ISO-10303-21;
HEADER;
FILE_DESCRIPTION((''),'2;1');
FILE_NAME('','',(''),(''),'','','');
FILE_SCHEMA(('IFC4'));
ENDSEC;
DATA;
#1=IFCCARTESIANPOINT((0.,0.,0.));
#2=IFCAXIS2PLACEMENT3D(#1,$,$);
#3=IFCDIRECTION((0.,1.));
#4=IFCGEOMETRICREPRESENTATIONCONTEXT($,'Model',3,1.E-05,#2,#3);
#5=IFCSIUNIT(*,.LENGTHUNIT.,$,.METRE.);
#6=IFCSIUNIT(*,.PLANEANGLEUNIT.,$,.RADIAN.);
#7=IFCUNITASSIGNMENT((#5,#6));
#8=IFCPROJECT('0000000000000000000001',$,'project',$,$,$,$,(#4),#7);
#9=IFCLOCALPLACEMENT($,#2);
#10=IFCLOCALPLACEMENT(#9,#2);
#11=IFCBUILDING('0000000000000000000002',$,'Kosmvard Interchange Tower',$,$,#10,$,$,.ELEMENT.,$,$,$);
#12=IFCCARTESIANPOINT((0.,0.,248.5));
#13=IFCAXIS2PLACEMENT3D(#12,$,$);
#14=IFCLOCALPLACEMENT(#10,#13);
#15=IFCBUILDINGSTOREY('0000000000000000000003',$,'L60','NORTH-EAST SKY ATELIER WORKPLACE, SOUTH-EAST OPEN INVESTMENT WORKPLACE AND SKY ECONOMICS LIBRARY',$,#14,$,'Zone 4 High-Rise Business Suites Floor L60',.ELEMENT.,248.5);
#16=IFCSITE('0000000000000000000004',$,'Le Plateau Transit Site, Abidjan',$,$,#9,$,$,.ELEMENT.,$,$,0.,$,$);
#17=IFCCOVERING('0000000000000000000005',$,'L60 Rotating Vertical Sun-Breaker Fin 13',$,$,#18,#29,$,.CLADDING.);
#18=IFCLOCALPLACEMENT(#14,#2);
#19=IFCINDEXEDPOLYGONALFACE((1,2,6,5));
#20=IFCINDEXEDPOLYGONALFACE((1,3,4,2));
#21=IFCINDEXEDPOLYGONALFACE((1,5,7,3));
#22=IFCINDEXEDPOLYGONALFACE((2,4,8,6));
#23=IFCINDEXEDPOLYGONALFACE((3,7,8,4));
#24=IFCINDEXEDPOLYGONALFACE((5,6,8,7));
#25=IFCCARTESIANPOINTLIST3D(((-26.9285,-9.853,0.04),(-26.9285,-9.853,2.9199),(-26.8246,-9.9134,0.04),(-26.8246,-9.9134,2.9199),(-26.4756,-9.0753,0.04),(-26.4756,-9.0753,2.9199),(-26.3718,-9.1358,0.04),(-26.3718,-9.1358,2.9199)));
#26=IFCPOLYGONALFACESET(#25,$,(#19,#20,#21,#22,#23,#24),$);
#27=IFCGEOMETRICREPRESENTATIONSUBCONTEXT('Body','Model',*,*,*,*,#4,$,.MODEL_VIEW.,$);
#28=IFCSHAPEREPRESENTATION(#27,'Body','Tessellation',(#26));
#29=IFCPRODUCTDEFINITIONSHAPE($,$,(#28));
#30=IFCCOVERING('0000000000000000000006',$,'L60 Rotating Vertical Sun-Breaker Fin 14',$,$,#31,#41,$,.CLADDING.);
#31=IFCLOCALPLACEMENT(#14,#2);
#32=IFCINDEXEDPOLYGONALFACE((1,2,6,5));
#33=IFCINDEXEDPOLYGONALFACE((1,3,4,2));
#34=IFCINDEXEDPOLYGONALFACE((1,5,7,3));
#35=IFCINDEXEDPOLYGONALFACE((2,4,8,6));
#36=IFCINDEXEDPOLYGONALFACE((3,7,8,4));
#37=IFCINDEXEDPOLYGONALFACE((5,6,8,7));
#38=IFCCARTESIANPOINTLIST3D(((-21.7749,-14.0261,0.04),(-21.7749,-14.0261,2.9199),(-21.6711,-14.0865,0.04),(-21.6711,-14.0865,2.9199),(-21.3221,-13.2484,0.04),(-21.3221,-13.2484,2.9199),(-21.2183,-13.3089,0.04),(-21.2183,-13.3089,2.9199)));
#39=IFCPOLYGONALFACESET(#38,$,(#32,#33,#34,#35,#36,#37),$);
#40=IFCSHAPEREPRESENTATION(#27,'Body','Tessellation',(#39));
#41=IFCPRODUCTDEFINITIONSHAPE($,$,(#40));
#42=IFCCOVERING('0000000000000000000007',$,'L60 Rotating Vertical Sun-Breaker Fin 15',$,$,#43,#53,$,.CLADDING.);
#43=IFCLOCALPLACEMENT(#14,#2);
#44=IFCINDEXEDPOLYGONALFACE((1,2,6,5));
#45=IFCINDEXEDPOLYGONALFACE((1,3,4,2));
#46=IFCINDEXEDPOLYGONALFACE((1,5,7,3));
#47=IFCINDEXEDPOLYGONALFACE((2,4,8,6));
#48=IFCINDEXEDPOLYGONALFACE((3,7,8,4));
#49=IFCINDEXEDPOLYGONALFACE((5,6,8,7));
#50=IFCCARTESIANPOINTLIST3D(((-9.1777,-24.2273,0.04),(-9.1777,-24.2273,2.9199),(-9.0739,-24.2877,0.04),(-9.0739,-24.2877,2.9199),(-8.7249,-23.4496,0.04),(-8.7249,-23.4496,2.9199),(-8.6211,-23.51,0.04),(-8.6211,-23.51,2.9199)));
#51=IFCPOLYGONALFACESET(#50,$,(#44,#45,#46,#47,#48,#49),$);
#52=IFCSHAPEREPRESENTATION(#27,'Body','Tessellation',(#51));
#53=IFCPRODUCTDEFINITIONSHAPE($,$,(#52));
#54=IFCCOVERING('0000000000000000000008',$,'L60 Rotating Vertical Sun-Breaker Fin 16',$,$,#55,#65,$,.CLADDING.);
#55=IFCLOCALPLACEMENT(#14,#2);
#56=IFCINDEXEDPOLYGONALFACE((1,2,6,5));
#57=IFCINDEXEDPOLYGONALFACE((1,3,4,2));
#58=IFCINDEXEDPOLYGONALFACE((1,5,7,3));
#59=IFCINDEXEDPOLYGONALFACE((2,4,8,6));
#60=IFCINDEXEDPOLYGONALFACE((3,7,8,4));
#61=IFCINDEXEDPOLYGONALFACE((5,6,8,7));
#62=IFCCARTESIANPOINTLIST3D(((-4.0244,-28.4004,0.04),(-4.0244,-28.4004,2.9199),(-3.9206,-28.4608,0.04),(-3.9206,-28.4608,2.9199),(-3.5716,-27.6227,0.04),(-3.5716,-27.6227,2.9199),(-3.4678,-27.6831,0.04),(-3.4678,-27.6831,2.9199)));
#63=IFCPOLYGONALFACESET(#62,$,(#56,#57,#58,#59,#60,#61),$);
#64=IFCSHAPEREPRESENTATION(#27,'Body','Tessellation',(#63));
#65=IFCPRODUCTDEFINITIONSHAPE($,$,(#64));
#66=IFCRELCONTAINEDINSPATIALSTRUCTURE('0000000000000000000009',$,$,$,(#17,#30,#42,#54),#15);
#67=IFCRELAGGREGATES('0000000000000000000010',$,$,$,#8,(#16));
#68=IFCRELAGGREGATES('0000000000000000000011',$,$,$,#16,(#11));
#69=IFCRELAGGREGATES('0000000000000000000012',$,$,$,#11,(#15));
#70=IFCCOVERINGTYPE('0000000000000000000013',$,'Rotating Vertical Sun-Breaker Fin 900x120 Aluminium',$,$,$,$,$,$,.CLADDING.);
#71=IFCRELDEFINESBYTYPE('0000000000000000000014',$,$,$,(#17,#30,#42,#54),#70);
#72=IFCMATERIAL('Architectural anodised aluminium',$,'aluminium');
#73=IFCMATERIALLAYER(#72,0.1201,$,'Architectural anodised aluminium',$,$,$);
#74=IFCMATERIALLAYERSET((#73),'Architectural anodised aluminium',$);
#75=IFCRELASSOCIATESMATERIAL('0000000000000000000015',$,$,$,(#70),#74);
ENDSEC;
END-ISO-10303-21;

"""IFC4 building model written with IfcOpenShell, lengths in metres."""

from ifc_helpers import new_model, si_unit, direction, frame, origin, origin_2d, place, context, subcontext, project, spatial, rectangle, extrude, source, transform, mapped, material, layer, layer_set, type_object, element, save


model = new_model("IFC4")

# Units and contexts
model_context = context("Model", 3, precision=1e-05, world=origin(), true_north=direction((0.0, 1.0)))
body_context = subcontext(model_context, "Body", "Model", "MODEL_VIEW")
ifc_project = project(units=[si_unit("LENGTHUNIT", "METRE"), si_unit("PLANEANGLEUNIT", "RADIAN")], contexts=[model_context])

# Site, building, storey
site_placement = place(None, origin())
site = spatial("IfcSite", under=ifc_project, at=site_placement, Name="Le Plateau Transit Site, Abidjan", CompositionType="ELEMENT", RefElevation=0.0)
building_placement = place(site_placement, origin())
building = spatial("IfcBuilding", under=site, at=building_placement, Name="Kosmvard Interchange Tower", CompositionType="ELEMENT")
storey_placement = place(building_placement, frame((0.0, 0.0, 248.5)))
storey = spatial("IfcBuildingStorey", under=building, at=storey_placement, Name="L60", Description="NORTH-EAST SKY ATELIER WORKPLACE, SOUTH-EAST OPEN INVESTMENT WORKPLACE AND SKY ECONOMICS LIBRARY", LongName="Zone 4 High-Rise Business Suites Floor L60", CompositionType="ELEMENT", Elevation=248.5)

# Coverings
ifc_material_1 = material(Name="Architectural anodised aluminium", Category="aluminium")
ifc_layer_1 = layer(ifc_material_1, 0.1201, Name="Architectural anodised aluminium")
ifc_layer_set_1 = layer_set([ifc_layer_1], Name="Architectural anodised aluminium")
covering_type = type_object("IfcCoveringType", Name="Rotating Vertical Sun-Breaker Fin 900x120 Aluminium", PredefinedType="CLADDING", material=ifc_layer_set_1)
shared_shape_1 = source(origin(), body_context, "Body", "SweptSolid", [
    extrude(rectangle(XDim=0.8999, YDim=0.1201, at=origin_2d()), origin(), (0.0, 0.0, 1.0), 2.8799),
])
for number, where, z_axis, x_axis, name in (
    (1, (-26.6501, -9.4944, 0.04), (0.0, 0.0, 1.0), (-0.503171, -0.864187, 0.0), "L60 Rotating Vertical Sun-Breaker Fin 13"),
    (2, (-21.4966, -13.6675, 0.04), (0.0, 0.0, 1.0), (-0.503171, -0.864187, 0.0), "L60 Rotating Vertical Sun-Breaker Fin 14"),
    (3, (-8.8994, -23.8687, 0.04), (0.0, 0.0, 1.0), (-0.503171, -0.864187, 0.0), "L60 Rotating Vertical Sun-Breaker Fin 15"),
    (4, (-3.7461, -28.0417, 0.04), (0.0, 0.0, 1.0), (-0.503171, -0.864187, 0.0), "L60 Rotating Vertical Sun-Breaker Fin 16"),
):
    element("IfcCovering", number, at=place(storey_placement, frame(where, z_axis=z_axis, x_axis=x_axis)), inside=storey, type_object=covering_type, Name=name, PredefinedType="CLADDING", context=body_context, shape_type="MappedRepresentation", body=[
        mapped(shared_shape_1, transform((0.0, 0.0, 0.0), scale=1.0)),
    ])

save(model, "model.ifc")
